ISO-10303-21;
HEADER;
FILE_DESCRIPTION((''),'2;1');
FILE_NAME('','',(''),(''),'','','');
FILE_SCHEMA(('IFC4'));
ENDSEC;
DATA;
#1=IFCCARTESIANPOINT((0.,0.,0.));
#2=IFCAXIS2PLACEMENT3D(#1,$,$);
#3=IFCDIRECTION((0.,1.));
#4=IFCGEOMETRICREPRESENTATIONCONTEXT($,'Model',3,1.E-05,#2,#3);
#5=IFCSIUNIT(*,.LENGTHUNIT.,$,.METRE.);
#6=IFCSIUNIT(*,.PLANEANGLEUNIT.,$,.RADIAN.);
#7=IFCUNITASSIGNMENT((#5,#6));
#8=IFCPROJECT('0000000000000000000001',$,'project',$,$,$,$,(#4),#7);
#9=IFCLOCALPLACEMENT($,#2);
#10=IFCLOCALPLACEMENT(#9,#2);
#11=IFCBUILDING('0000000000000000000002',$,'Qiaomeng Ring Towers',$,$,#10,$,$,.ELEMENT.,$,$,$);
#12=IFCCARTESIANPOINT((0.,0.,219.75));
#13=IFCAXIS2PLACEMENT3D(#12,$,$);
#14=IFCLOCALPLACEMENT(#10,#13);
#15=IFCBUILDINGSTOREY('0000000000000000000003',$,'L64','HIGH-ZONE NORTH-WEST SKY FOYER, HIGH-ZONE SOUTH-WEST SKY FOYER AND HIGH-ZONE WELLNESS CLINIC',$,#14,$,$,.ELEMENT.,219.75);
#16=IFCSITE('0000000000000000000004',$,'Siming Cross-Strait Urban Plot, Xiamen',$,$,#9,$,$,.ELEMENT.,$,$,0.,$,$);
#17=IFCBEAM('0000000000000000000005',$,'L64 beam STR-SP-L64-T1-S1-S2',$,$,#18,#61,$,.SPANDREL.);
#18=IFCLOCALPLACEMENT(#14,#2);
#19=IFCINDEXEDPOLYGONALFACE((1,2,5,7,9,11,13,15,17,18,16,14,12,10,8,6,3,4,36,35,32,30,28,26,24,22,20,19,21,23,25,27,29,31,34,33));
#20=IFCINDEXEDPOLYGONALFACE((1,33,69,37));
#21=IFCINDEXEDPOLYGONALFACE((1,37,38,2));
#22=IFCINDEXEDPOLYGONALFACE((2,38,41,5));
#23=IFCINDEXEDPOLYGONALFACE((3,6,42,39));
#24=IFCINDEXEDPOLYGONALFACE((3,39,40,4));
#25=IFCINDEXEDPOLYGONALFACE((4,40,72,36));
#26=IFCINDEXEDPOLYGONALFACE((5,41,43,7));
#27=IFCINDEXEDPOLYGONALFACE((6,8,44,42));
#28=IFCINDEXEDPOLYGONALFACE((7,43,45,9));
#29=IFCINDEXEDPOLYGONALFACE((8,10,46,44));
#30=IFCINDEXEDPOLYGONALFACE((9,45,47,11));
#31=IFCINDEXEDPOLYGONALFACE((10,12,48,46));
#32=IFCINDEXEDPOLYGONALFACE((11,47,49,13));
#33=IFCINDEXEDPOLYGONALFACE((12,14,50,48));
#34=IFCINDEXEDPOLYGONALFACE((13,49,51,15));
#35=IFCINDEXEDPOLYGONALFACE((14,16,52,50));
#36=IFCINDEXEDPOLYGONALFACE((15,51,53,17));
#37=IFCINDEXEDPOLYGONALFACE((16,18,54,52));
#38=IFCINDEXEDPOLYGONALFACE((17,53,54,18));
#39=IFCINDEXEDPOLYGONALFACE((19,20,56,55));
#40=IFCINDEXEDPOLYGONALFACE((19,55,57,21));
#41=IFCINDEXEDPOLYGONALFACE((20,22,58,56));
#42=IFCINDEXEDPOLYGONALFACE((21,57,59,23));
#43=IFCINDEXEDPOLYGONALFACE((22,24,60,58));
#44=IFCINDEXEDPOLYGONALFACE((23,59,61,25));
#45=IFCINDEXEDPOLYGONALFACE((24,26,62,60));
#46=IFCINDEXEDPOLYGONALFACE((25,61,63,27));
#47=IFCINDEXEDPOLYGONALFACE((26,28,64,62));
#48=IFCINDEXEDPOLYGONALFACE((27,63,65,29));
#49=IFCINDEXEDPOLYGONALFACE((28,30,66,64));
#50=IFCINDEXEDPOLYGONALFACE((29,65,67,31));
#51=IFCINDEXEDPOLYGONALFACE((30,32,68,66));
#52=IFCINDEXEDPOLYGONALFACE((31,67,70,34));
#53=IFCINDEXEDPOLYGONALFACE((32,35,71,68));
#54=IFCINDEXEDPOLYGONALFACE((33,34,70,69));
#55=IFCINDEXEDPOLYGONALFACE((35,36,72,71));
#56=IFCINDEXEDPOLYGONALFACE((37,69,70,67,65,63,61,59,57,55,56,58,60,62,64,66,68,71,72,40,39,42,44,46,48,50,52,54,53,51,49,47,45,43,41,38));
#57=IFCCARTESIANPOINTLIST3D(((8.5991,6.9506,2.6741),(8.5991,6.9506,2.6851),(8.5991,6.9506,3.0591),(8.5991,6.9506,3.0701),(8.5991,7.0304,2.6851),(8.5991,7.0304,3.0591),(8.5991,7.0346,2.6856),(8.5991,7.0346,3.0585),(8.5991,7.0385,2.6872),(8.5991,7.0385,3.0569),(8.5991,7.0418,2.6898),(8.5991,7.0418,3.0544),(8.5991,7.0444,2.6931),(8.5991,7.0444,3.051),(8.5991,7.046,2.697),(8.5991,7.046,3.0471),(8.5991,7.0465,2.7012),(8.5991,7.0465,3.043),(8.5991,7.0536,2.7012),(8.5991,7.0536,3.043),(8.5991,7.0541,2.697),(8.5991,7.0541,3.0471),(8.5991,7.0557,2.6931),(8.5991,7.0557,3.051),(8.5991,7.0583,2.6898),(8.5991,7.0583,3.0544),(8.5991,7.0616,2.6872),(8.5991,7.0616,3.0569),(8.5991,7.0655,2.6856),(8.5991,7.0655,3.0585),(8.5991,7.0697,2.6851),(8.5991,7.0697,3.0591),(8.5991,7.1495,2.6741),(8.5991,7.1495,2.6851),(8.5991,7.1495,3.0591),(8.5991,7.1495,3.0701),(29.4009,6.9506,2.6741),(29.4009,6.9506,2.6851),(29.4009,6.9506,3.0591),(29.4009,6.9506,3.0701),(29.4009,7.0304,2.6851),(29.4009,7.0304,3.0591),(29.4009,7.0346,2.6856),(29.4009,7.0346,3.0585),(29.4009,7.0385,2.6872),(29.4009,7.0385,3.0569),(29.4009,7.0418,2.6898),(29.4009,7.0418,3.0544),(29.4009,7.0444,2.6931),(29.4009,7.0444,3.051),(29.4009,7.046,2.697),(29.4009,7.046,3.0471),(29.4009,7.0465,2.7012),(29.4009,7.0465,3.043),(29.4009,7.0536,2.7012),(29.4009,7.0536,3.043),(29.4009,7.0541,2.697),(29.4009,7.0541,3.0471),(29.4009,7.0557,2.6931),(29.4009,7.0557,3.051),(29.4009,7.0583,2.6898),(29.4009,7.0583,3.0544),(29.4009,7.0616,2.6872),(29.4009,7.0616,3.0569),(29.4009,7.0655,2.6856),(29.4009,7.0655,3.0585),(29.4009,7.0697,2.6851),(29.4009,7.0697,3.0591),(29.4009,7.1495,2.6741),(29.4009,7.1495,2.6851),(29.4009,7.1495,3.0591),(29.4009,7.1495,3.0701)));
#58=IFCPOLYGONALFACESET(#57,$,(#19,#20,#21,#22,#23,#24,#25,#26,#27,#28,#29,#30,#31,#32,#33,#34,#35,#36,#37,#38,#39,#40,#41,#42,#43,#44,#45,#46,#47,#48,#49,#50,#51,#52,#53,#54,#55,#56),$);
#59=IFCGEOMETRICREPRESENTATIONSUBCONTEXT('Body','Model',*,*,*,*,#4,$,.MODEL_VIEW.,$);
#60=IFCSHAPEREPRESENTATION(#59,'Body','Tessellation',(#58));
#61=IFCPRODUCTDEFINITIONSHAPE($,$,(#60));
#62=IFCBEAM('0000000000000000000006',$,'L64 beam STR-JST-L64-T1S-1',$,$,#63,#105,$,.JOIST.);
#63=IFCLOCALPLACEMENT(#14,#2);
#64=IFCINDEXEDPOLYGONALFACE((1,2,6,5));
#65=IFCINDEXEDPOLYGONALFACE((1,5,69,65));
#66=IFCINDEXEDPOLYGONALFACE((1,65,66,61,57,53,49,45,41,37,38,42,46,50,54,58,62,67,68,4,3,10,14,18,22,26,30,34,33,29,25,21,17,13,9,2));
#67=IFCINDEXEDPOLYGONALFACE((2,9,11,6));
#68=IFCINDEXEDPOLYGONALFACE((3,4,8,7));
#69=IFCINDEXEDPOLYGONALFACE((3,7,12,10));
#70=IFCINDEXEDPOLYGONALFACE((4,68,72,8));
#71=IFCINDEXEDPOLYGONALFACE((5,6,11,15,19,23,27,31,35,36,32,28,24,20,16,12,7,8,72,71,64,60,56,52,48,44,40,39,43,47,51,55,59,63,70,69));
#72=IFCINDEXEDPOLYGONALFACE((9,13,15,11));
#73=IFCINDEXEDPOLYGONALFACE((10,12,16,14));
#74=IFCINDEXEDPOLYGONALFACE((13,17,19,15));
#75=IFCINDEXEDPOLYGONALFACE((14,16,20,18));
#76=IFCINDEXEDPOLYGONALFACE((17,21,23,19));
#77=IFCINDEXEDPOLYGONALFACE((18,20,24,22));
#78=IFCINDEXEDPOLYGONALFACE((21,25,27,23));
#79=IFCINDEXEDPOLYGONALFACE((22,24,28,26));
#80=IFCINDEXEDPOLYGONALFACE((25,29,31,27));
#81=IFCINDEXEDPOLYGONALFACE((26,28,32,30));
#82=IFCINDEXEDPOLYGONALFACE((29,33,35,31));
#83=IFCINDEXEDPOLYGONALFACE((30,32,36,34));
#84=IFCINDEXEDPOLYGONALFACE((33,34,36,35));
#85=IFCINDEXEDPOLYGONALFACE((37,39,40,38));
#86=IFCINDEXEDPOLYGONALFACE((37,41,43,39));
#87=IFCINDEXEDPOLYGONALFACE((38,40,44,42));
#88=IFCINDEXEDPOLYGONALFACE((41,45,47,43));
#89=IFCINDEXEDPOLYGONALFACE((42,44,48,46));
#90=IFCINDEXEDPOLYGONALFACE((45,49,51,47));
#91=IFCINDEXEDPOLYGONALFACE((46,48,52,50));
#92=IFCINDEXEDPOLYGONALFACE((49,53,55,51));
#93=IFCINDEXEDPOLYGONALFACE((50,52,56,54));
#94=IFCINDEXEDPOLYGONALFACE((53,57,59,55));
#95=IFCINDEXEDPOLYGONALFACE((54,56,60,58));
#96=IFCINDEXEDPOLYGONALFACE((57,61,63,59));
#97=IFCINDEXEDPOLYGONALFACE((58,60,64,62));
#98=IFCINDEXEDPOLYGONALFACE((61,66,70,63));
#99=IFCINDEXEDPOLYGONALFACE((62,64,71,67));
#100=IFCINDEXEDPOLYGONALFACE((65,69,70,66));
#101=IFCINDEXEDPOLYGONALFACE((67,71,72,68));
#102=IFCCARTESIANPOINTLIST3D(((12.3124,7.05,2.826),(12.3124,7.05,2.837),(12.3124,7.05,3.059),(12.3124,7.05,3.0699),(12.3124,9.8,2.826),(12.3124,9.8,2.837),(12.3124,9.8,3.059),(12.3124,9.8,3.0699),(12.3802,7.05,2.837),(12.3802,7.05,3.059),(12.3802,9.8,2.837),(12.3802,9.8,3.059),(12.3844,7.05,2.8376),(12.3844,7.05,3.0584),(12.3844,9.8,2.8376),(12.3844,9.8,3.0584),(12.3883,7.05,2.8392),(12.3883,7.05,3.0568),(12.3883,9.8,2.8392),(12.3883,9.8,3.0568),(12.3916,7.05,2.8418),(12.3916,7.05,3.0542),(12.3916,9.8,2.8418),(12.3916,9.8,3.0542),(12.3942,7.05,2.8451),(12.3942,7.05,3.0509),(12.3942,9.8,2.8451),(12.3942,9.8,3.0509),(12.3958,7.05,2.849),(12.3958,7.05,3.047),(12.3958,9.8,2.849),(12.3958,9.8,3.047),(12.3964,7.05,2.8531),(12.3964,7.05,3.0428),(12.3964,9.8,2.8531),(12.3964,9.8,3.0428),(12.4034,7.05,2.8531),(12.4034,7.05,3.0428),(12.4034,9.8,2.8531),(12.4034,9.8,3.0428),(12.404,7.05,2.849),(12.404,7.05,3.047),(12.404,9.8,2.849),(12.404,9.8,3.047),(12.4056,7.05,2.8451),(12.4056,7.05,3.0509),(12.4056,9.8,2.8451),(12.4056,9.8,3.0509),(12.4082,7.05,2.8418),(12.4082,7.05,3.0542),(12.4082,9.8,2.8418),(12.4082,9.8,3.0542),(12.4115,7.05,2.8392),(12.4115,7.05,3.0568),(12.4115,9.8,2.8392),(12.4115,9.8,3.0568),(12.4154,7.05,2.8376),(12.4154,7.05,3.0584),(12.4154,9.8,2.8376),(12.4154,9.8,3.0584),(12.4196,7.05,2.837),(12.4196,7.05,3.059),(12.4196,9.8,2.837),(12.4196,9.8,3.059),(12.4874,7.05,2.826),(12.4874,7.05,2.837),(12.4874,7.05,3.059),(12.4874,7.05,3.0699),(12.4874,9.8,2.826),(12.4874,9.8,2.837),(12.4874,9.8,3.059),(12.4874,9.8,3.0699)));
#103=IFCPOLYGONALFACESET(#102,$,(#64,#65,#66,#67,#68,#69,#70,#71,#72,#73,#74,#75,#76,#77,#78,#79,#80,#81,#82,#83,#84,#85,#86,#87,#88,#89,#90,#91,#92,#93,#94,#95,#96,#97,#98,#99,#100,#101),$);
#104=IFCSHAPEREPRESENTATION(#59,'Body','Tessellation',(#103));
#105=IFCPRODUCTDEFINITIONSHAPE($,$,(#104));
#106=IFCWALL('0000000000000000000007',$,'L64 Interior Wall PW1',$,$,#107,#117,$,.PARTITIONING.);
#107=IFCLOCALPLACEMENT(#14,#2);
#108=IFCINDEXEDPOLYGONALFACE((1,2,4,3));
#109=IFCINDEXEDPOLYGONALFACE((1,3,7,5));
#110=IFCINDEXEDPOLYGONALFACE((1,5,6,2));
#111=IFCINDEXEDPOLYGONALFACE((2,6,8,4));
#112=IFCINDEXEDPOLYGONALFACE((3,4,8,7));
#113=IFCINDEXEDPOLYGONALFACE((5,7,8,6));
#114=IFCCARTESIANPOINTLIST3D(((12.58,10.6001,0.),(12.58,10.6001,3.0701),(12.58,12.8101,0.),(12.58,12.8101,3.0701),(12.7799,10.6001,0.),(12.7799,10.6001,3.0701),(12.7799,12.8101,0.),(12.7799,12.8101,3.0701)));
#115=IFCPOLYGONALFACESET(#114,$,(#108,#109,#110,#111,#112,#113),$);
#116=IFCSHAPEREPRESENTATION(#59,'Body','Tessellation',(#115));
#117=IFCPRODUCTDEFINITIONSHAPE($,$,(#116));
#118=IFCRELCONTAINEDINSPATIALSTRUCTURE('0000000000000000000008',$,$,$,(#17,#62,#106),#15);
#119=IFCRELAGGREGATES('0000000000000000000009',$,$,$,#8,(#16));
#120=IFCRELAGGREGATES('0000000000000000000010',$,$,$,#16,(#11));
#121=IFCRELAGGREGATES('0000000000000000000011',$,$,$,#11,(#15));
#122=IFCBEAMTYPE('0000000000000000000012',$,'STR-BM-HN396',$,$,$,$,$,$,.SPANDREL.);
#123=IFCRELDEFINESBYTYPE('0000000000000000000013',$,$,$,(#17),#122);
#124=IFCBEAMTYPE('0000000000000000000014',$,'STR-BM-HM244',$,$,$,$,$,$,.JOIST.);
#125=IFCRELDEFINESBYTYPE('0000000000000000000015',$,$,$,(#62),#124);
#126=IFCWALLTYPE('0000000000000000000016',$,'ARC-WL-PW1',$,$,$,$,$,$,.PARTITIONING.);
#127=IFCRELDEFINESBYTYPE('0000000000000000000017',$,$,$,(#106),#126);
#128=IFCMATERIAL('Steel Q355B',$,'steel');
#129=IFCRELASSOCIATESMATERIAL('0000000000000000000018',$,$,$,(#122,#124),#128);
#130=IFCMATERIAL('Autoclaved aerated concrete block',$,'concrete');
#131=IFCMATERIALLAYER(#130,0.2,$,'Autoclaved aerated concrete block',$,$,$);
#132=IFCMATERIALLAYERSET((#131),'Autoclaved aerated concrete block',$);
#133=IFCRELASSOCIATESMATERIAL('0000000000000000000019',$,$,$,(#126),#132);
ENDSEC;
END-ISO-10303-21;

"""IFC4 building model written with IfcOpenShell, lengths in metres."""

from ifc_helpers import new_model, si_unit, direction, frame, frame_2d, origin, origin_2d, place, context, subcontext, project, spatial, rectangle, i_section, extrude, source, transform, mapped, material, layer, layer_set, material_profile, profile_set, type_object, element, save


model = new_model("IFC4")

# Units and contexts
model_context = context("Model", 3, precision=1e-05, world=origin(), true_north=direction((0.0, 1.0)))
body_context = subcontext(model_context, "Body", "Model", "MODEL_VIEW")
ifc_project = project(units=[si_unit("LENGTHUNIT", "METRE"), si_unit("PLANEANGLEUNIT", "RADIAN")], contexts=[model_context])

# Site, building, storey
site_placement = place(None, origin())
site = spatial("IfcSite", under=ifc_project, at=site_placement, Name="Siming Cross-Strait Urban Plot, Xiamen", CompositionType="ELEMENT", RefElevation=0.0)
building_placement = place(site_placement, origin())
building = spatial("IfcBuilding", under=site, at=building_placement, Name="Qiaomeng Ring Towers", CompositionType="ELEMENT")
storey_placement = place(building_placement, frame((0.0, 0.0, 219.75)))
storey = spatial("IfcBuildingStorey", under=building, at=storey_placement, Name="L64", Description="HIGH-ZONE NORTH-WEST SKY FOYER, HIGH-ZONE SOUTH-WEST SKY FOYER AND HIGH-ZONE WELLNESS CLINIC", CompositionType="ELEMENT", Elevation=219.75)

# Beams
ifc_material_1 = material(Name="Steel Q355B", Category="steel")
ifc_material_profile_1 = material_profile(ifc_material_1, i_section(OverallWidth=0.199, OverallDepth=0.396, WebThickness=0.0071, FlangeThickness=0.011, FilletRadius=0.0161, at=origin_2d()), Name="HN 396x199x7x11")
ifc_profile_set_1 = profile_set([ifc_material_profile_1], Name="Steel Q355B")
beam_type_1 = type_object("IfcBeamType", Name="STR-BM-HN396", PredefinedType="SPANDREL", material=ifc_profile_set_1)
shared_shape_1 = source(origin(), body_context, "Body", "SweptSolid", [
    extrude(i_section(OverallWidth=0.199, OverallDepth=0.396, WebThickness=0.0071, FlangeThickness=0.011, FilletRadius=0.0161, at=origin_2d()), origin(), (0.0, 0.0, 1.0), 20.8018),
])
beam_1_placement = place(storey_placement, frame((8.5991, 7.05, 2.8721), z_axis=(1.0, 0.0, 0.0), x_axis=(0.0, 1.0, 0.0)))
element("IfcBeam", 1, at=beam_1_placement, inside=storey, type_object=beam_type_1, Name="L64 beam STR-SP-L64-T1-S1-S2", PredefinedType="SPANDREL", context=body_context, shape_type="MappedRepresentation", body=[
    mapped(shared_shape_1, transform((0.0, 0.0, 0.0), x_axis=(1.0, 0.0, 0.0), y_axis=(0.0, 1.0, 0.0), z_axis=(0.0, 0.0, 1.0), scale=1.0)),
])
ifc_material_profile_2 = material_profile(ifc_material_1, i_section(OverallWidth=0.175, OverallDepth=0.2439, WebThickness=0.0071, FlangeThickness=0.011, FilletRadius=0.0161, at=origin_2d()), Name="HM 244x175x7x11")
ifc_profile_set_2 = profile_set([ifc_material_profile_2], Name="Steel Q355B")
beam_type_2 = type_object("IfcBeamType", Name="STR-BM-HM244", PredefinedType="JOIST", material=ifc_profile_set_2)
shared_shape_2 = source(origin(), body_context, "Body", "SweptSolid", [
    extrude(i_section(OverallWidth=0.175, OverallDepth=0.2439, WebThickness=0.0071, FlangeThickness=0.011, FilletRadius=0.0161, at=origin_2d()), origin(), (0.0, 0.0, 1.0), 2.75),
])
beam_2_placement = place(storey_placement, frame((12.3999, 7.05, 2.948), z_axis=(0.0, 1.0, 0.0), x_axis=(-1.0, 0.0, 0.0)))
element("IfcBeam", 2, at=beam_2_placement, inside=storey, type_object=beam_type_2, Name="L64 beam STR-JST-L64-T1S-1", PredefinedType="JOIST", context=body_context, shape_type="MappedRepresentation", body=[
    mapped(shared_shape_2, transform((0.0, 0.0, 0.0), x_axis=(1.0, 0.0, 0.0), y_axis=(0.0, 1.0, 0.0), z_axis=(0.0, 0.0, 1.0), scale=1.0)),
])

# Wall
ifc_material_2 = material(Name="Autoclaved aerated concrete block", Category="concrete")
ifc_layer_1 = layer(ifc_material_2, 0.2, Name="Autoclaved aerated concrete block")
ifc_layer_set_1 = layer_set([ifc_layer_1], Name="Autoclaved aerated concrete block")
wall_type_1 = type_object("IfcWallType", Name="ARC-WL-PW1", PredefinedType="PARTITIONING", material=ifc_layer_set_1)
wall_1_placement = place(storey_placement, frame((12.6799, 10.6001, 0.0), z_axis=(0.0, 0.0, 1.0), x_axis=(0.0, 1.0, 0.0)))
element("IfcWall", 3, at=wall_1_placement, inside=storey, type_object=wall_type_1, Name="L64 Interior Wall PW1", PredefinedType="PARTITIONING", context=body_context, shape_type="SweptSolid", body=[
    extrude(rectangle(XDim=2.21, YDim=0.2, at=frame_2d((1.105, 0.0))), origin(), (0.0, 0.0, 1.0), 3.0701),
])

save(model, "model.ifc")
